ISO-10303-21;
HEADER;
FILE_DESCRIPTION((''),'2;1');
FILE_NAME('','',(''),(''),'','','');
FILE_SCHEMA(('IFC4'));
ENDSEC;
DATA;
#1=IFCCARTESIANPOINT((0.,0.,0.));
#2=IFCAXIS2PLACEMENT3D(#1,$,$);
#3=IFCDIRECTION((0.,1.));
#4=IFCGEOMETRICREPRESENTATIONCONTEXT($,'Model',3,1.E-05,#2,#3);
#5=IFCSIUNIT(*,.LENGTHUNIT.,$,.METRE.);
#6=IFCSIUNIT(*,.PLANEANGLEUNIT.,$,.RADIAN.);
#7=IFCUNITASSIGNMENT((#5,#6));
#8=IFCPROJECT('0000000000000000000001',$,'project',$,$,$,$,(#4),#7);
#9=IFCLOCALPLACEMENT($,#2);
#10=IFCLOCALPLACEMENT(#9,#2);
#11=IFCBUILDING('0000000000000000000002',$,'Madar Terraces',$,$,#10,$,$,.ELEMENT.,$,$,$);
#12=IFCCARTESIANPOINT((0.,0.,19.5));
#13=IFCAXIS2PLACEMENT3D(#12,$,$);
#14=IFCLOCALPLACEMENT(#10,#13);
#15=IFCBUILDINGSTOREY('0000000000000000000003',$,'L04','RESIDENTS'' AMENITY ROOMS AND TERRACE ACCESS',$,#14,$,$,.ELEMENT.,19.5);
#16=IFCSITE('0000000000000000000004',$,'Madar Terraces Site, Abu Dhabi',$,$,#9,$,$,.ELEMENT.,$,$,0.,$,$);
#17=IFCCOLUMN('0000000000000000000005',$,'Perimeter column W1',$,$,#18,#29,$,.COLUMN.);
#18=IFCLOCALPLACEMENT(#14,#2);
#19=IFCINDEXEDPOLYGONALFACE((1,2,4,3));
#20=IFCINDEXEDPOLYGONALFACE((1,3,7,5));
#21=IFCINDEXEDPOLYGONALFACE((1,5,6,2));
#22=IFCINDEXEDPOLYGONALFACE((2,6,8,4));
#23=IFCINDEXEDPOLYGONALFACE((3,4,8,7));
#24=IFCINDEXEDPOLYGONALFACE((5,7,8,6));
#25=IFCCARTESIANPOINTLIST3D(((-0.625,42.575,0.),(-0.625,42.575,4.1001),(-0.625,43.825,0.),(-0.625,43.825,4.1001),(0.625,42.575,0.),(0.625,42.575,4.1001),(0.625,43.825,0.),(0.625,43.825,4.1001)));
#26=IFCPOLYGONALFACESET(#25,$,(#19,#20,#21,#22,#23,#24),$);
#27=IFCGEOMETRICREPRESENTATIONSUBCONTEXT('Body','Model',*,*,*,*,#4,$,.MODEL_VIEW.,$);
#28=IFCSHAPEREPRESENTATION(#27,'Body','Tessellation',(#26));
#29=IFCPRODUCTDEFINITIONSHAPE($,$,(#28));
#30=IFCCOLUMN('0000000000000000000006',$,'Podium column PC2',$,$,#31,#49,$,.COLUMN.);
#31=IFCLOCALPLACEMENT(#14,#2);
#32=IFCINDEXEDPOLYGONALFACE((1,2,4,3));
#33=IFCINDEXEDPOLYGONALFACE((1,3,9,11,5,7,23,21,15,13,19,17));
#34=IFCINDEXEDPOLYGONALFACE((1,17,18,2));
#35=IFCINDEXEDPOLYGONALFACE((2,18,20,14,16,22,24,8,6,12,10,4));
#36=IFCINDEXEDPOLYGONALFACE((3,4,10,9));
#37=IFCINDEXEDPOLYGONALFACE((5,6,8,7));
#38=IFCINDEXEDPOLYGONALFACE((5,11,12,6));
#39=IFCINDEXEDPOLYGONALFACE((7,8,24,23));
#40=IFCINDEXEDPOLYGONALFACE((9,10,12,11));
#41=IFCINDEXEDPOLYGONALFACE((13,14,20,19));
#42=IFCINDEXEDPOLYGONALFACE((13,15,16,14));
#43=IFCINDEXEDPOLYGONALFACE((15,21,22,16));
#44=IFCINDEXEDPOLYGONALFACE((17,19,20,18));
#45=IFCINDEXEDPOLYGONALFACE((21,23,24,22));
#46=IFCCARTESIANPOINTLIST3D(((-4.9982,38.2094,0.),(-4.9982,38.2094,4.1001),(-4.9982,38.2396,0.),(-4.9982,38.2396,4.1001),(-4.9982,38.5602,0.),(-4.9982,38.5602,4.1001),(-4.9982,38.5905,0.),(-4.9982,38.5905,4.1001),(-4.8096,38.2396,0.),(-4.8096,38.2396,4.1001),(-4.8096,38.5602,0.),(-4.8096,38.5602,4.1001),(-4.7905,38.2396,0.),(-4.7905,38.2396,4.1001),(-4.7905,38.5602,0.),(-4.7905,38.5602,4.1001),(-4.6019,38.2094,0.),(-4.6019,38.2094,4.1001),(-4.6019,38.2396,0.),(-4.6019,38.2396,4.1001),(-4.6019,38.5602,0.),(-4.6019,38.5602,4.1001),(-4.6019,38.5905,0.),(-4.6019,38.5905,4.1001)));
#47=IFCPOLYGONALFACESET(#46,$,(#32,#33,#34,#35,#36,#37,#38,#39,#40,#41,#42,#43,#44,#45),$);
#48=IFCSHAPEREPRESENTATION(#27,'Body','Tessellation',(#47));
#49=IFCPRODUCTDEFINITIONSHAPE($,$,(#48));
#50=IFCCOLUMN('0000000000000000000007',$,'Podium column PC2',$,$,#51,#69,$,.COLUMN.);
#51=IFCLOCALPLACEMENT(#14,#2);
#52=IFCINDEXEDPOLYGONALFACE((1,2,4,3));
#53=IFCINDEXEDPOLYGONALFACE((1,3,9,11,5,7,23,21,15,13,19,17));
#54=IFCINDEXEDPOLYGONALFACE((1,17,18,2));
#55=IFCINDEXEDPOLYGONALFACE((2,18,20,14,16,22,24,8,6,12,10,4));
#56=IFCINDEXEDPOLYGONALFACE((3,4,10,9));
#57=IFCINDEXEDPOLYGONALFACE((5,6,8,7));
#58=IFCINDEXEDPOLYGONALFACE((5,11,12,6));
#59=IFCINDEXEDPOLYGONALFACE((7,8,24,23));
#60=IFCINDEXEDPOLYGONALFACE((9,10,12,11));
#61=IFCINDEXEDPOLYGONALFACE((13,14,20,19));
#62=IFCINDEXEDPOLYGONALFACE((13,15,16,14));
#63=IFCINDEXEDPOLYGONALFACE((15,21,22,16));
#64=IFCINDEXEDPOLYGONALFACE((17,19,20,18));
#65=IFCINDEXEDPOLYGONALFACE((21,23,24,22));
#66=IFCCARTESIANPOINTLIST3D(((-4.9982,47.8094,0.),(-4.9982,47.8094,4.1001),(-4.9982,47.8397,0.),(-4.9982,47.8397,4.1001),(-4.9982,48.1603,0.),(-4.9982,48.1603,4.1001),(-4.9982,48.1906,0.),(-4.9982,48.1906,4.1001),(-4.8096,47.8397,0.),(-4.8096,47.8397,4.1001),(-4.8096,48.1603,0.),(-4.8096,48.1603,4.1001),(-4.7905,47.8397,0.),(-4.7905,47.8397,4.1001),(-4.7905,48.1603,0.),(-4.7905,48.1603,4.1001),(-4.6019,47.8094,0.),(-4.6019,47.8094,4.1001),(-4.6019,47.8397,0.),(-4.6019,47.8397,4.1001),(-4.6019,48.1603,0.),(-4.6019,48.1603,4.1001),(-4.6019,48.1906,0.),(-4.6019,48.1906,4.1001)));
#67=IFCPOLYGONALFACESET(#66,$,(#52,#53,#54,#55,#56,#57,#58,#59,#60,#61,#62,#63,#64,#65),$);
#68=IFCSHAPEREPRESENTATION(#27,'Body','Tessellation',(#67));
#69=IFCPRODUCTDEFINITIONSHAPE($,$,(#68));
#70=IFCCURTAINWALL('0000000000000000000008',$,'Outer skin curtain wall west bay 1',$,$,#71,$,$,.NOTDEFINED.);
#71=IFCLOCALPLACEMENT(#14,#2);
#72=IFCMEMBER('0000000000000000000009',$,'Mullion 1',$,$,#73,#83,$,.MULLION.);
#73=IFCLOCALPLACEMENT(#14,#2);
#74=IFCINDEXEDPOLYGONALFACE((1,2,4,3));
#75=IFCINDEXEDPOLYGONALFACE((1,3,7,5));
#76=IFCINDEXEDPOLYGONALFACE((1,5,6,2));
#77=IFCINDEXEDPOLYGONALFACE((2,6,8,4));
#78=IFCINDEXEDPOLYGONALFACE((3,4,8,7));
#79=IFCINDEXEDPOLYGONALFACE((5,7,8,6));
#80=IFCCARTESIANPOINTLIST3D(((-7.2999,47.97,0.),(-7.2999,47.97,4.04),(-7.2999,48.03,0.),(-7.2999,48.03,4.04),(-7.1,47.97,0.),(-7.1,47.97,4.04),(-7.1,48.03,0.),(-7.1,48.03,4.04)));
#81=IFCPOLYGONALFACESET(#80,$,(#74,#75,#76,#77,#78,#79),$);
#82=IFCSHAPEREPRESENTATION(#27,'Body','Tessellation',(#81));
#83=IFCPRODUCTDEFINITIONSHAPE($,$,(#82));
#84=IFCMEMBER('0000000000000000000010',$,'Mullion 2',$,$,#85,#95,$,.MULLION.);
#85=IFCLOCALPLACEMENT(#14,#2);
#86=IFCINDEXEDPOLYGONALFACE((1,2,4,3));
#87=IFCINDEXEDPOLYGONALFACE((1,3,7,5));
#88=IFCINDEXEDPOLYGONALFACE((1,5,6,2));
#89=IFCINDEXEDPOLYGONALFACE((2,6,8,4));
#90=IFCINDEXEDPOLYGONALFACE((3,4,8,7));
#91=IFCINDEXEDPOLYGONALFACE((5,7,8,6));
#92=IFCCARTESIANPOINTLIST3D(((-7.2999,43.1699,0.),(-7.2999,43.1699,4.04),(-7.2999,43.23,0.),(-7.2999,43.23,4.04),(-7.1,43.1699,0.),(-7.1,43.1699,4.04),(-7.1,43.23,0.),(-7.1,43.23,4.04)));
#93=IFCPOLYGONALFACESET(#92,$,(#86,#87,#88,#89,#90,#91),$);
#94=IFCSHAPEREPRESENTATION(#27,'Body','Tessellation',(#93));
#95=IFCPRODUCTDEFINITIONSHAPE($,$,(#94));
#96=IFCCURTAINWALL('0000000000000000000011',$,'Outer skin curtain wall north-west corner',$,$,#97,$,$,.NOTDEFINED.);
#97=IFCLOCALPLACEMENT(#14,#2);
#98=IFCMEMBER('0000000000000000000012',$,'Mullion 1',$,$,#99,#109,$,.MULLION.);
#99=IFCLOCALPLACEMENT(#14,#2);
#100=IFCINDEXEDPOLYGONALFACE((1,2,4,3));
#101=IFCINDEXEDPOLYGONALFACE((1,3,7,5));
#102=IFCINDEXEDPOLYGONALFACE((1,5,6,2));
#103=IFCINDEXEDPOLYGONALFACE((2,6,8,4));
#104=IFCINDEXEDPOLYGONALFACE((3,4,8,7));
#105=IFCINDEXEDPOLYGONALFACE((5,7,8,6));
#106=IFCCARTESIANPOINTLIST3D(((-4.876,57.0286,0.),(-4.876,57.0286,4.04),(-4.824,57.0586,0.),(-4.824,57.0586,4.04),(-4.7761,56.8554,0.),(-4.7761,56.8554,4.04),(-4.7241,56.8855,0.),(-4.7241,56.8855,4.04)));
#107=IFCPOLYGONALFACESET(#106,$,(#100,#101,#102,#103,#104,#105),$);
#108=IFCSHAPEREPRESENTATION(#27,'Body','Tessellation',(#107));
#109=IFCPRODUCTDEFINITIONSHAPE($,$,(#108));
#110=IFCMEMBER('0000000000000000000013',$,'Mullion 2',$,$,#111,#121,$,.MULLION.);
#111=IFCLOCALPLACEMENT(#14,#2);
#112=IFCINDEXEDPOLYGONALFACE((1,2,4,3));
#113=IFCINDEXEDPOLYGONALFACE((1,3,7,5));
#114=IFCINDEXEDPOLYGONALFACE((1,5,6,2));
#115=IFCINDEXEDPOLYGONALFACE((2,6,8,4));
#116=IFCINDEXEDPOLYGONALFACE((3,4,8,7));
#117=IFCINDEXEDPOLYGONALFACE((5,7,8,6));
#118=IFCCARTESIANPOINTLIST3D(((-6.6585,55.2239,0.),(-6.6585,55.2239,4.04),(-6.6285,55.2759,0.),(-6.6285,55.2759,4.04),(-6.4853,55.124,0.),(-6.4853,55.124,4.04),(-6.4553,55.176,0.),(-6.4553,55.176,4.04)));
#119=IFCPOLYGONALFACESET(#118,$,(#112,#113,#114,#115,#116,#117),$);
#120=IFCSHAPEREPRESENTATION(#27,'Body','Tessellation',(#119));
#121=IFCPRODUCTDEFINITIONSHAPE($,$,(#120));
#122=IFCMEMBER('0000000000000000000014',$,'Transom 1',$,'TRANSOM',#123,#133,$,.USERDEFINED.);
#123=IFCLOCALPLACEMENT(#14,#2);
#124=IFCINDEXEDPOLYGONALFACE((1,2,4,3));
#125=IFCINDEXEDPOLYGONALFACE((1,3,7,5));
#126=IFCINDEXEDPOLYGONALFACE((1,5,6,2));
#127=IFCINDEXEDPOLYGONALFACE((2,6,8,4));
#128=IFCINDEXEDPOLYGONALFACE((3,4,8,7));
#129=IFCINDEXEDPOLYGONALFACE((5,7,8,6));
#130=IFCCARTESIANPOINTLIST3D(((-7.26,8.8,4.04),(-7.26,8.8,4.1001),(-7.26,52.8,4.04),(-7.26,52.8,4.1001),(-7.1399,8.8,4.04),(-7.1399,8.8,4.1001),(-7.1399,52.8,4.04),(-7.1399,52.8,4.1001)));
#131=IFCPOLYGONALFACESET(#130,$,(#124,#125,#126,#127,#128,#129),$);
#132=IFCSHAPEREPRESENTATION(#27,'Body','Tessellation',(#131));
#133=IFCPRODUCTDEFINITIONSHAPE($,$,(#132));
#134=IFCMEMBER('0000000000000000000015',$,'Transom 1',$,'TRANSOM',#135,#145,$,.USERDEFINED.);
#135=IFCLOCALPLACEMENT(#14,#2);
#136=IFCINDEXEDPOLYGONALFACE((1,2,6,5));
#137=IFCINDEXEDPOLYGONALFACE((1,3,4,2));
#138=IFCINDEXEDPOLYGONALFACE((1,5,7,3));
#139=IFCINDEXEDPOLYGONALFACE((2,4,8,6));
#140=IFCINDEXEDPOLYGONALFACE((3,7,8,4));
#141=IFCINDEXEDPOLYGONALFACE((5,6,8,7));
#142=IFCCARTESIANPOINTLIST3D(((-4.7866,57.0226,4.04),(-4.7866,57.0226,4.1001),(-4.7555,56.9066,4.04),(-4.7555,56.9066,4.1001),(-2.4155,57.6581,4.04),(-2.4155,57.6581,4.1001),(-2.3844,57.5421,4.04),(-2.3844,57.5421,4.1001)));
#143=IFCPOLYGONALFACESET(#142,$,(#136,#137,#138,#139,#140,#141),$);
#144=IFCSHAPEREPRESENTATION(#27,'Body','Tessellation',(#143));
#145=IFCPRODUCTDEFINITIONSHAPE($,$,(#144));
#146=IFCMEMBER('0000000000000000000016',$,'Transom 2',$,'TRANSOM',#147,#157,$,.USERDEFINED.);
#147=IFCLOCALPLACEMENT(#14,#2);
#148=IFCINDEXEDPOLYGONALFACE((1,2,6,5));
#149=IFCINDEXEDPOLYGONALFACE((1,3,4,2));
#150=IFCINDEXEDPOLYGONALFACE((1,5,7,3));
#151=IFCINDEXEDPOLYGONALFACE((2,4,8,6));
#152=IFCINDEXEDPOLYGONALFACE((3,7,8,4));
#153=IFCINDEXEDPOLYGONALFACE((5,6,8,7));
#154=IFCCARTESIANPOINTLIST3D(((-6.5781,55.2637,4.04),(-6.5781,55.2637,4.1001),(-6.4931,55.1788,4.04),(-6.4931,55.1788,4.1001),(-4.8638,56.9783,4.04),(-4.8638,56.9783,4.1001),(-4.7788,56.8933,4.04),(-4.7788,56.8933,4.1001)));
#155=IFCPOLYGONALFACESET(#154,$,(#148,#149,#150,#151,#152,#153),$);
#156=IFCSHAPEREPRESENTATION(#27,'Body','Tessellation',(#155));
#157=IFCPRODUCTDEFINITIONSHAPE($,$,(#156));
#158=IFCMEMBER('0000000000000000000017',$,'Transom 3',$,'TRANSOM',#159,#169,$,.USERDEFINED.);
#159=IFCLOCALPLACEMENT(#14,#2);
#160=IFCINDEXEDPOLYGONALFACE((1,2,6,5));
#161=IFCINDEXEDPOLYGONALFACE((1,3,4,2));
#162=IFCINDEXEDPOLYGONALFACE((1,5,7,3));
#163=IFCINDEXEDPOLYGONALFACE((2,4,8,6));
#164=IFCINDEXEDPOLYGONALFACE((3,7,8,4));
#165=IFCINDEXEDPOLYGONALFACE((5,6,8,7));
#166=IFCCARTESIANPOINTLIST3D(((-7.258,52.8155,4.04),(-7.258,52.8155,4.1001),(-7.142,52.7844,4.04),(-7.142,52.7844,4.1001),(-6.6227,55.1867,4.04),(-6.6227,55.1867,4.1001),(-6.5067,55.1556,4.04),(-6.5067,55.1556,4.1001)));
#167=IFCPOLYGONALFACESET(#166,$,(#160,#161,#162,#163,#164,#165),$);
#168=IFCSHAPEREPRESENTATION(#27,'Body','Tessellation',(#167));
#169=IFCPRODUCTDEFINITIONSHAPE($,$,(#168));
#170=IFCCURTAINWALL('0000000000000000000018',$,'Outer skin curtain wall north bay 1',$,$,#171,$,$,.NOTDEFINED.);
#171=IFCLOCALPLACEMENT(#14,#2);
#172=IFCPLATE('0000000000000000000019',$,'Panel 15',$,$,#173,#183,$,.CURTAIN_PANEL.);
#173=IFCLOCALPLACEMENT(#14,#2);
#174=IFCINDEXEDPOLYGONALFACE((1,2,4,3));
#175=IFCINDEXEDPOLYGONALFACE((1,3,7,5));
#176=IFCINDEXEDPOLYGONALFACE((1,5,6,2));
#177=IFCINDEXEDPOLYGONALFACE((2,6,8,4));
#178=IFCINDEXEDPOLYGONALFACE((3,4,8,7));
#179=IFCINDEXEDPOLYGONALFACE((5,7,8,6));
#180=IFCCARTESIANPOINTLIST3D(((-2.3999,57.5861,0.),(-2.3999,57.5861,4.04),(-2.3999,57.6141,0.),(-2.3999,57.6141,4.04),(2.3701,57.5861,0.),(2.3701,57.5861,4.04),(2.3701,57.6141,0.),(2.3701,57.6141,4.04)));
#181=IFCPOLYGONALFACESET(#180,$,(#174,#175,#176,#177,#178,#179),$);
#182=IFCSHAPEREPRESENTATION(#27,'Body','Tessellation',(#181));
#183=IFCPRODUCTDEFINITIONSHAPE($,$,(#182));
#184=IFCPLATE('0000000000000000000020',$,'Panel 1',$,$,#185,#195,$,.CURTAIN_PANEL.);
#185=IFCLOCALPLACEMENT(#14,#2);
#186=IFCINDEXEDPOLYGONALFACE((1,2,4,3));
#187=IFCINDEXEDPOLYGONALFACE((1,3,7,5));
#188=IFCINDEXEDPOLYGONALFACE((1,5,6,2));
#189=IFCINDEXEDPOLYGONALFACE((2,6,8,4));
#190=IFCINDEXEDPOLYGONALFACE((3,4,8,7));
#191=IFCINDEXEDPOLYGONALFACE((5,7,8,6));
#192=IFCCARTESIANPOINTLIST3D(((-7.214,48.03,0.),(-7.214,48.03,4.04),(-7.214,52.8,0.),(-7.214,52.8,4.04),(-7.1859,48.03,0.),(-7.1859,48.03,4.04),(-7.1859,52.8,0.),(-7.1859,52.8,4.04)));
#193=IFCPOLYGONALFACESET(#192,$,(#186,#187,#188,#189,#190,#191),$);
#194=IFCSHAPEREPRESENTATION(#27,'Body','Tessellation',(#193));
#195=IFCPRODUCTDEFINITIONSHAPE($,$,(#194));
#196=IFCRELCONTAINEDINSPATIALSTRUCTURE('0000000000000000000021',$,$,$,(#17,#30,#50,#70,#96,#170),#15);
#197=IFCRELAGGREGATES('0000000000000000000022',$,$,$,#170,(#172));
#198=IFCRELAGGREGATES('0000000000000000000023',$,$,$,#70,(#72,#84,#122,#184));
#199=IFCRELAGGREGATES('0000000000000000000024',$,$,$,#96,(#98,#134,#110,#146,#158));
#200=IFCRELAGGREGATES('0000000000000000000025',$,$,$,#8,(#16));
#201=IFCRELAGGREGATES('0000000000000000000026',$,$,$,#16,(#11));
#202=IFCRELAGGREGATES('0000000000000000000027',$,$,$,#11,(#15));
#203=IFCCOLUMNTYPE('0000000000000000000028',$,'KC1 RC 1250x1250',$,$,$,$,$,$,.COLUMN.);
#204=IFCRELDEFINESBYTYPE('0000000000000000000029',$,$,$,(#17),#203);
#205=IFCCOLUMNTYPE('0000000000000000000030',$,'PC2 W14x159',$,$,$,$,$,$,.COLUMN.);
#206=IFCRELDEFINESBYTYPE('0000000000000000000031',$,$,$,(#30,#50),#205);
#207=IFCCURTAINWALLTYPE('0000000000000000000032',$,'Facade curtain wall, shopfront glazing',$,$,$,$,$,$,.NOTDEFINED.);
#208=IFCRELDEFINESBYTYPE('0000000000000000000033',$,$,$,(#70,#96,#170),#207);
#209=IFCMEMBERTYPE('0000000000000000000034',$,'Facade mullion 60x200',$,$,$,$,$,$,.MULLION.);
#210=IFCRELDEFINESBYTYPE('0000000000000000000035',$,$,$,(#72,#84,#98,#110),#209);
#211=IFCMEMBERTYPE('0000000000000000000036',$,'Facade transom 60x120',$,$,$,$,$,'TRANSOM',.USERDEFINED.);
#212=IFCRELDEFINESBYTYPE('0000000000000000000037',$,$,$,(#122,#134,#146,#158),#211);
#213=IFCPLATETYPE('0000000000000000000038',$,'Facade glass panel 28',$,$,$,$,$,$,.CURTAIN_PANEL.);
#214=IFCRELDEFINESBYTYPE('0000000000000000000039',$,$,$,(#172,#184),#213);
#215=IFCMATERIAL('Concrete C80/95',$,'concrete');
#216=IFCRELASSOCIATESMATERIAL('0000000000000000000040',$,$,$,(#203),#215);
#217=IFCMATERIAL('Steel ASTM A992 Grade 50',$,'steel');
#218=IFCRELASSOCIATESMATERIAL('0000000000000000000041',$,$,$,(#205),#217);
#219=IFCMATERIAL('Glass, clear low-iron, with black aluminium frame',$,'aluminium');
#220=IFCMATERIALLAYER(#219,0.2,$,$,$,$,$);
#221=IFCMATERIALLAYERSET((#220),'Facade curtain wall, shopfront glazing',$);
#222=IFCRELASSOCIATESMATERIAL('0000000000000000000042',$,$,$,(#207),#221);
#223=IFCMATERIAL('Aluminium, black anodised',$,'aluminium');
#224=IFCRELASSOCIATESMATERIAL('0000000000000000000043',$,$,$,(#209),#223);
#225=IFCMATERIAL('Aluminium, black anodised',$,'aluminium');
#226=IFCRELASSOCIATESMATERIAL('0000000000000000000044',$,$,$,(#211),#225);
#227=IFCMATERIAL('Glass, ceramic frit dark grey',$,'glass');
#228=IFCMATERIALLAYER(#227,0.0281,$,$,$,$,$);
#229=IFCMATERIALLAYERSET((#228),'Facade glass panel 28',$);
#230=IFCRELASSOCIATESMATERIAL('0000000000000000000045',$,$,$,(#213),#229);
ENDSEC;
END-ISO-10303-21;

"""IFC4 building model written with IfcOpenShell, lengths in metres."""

from ifc_helpers import new_model, si_unit, direction, frame, origin, origin_2d, place, context, subcontext, project, spatial, rectangle, i_section, extrude, material, layer, layer_set, material_profile, profile_set, type_object, element, aggregate, save


model = new_model("IFC4")

# Units and contexts
model_context = context("Model", 3, precision=1e-05, world=origin(), true_north=direction((0.0, 1.0)))
body_context = subcontext(model_context, "Body", "Model", "MODEL_VIEW")
ifc_project = project(units=[si_unit("LENGTHUNIT", "METRE"), si_unit("PLANEANGLEUNIT", "RADIAN")], contexts=[model_context])

# Site, building, storey
site_placement = place(None, origin())
site = spatial("IfcSite", under=ifc_project, at=site_placement, Name="Madar Terraces Site, Abu Dhabi", CompositionType="ELEMENT", RefElevation=0.0)
building_placement = place(site_placement, origin())
building = spatial("IfcBuilding", under=site, at=building_placement, Name="Madar Terraces", CompositionType="ELEMENT")
storey_placement = place(building_placement, frame((0.0, 0.0, 19.5)))
storey = spatial("IfcBuildingStorey", under=building, at=storey_placement, Name="L04", Description="RESIDENTS' AMENITY ROOMS AND TERRACE ACCESS", CompositionType="ELEMENT", Elevation=19.5)

# Columns
ifc_material_1 = material(Name="Concrete C80/95", Category="concrete")
ifc_material_profile_1 = material_profile(ifc_material_1, rectangle(XDim=1.25, YDim=1.25, at=origin_2d()), Name="KC1 RC 1250x1250")
ifc_profile_set_1 = profile_set([ifc_material_profile_1], Name="Concrete C80/95")
column_type_1 = type_object("IfcColumnType", Name="KC1 RC 1250x1250", PredefinedType="COLUMN", material=ifc_profile_set_1)
column_placement = place(storey_placement, frame((0.0, 43.2, 0.0), z_axis=(0.0, 0.0, 1.0), x_axis=(1.0, 0.0, 0.0)))
element("IfcColumn", 1, at=column_placement, inside=storey, type_object=column_type_1, Name="Perimeter column W1", PredefinedType="COLUMN", context=body_context, shape_type="SweptSolid", body=[
    extrude(rectangle(XDim=1.25, YDim=1.25, at=origin_2d()), origin(), (0.0, 0.0, 1.0), 4.1001),
])
ifc_material_2 = material(Name="Steel ASTM A992 Grade 50", Category="steel")
ifc_material_profile_2 = material_profile(ifc_material_2, i_section(OverallWidth=0.3962, OverallDepth=0.3811, WebThickness=0.019, FlangeThickness=0.0303, at=origin_2d()), Name="W14x159")
ifc_profile_set_2 = profile_set([ifc_material_profile_2], Name="Steel ASTM A992 Grade 50")
column_type_2 = type_object("IfcColumnType", Name="PC2 W14x159", PredefinedType="COLUMN", material=ifc_profile_set_2)
for number, where, z_axis, x_axis, name in (
    (2, (-4.8, 38.3999, 0.0), (0.0, 0.0, 1.0), (1.0, 0.0, 0.0), "Podium column PC2"),
    (3, (-4.8, 48.0, 0.0), (0.0, 0.0, 1.0), (1.0, 0.0, 0.0), "Podium column PC2"),
):
    element("IfcColumn", number, at=place(storey_placement, frame(where, z_axis=z_axis, x_axis=x_axis)), inside=storey, type_object=column_type_2, Name=name, PredefinedType="COLUMN", context=body_context, shape_type="SweptSolid", body=[
        extrude(i_section(OverallWidth=0.3962, OverallDepth=0.3811, WebThickness=0.019, FlangeThickness=0.0303, at=origin_2d()), origin(), (0.0, 0.0, 1.0), 4.1001),
    ])

# Curtain walls, members
ifc_material_3 = material(Name="Glass, clear low-iron, with black aluminium frame", Category="aluminium")
ifc_layer_1 = layer(ifc_material_3, 0.2)
ifc_layer_set_1 = layer_set([ifc_layer_1], Name="Facade curtain wall, shopfront glazing")
curtain_wall_type = type_object("IfcCurtainWallType", Name="Facade curtain wall, shopfront glazing", PredefinedType="NOTDEFINED", material=ifc_layer_set_1)
curtain_wall_1_placement = place(storey_placement, origin())
curtain_wall_1 = element("IfcCurtainWall", 4, at=curtain_wall_1_placement, inside=storey, type_object=curtain_wall_type, Name="Outer skin curtain wall west bay 1", PredefinedType="NOTDEFINED")
ifc_material_4 = material(Name="Aluminium, black anodised", Category="aluminium")
ifc_material_profile_3 = material_profile(ifc_material_4, rectangle(XDim=0.2, YDim=0.0601, at=origin_2d()), Name="Facade mullion 60x200")
ifc_profile_set_3 = profile_set([ifc_material_profile_3], Name="Aluminium, black anodised")
member_type_1 = type_object("IfcMemberType", Name="Facade mullion 60x200", PredefinedType="MULLION", material=ifc_profile_set_3)
member_1_placement = place(storey_placement, frame((-7.2, 48.0, 0.0), z_axis=(0.0, 0.0, 1.0), x_axis=(1.0, 0.0, 0.0)))
member_1 = element("IfcMember", 5, at=member_1_placement, type_object=member_type_1, Name="Mullion 1", PredefinedType="MULLION", context=body_context, shape_type="SweptSolid", body=[
    extrude(rectangle(XDim=0.2, YDim=0.0601, at=origin_2d()), origin(), (0.0, 0.0, 1.0), 4.04),
])
member_2_placement = place(storey_placement, frame((-7.2, 43.2, 0.0), z_axis=(0.0, 0.0, 1.0), x_axis=(1.0, 0.0, 0.0)))
member_2 = element("IfcMember", 6, at=member_2_placement, type_object=member_type_1, Name="Mullion 2", PredefinedType="MULLION", context=body_context, shape_type="SweptSolid", body=[
    extrude(rectangle(XDim=0.2, YDim=0.0601, at=origin_2d()), origin(), (0.0, 0.0, 1.0), 4.04),
])
curtain_wall_2_placement = place(storey_placement, origin())
curtain_wall_2 = element("IfcCurtainWall", 7, at=curtain_wall_2_placement, inside=storey, type_object=curtain_wall_type, Name="Outer skin curtain wall north-west corner", PredefinedType="NOTDEFINED")
member_3_placement = place(storey_placement, frame((-4.8, 56.957, 0.0), z_axis=(0.0, 0.0, 1.0), x_axis=(0.5, -0.866025, 0.0)))
member_3 = element("IfcMember", 8, at=member_3_placement, type_object=member_type_1, Name="Mullion 1", PredefinedType="MULLION", context=body_context, shape_type="SweptSolid", body=[
    extrude(rectangle(XDim=0.2, YDim=0.0601, at=origin_2d()), origin(), (0.0, 0.0, 1.0), 4.04),
])
member_4_placement = place(storey_placement, frame((-6.5569, 55.2, 0.0), z_axis=(0.0, 0.0, 1.0), x_axis=(0.866025, -0.5, 0.0)))
member_4 = element("IfcMember", 9, at=member_4_placement, type_object=member_type_1, Name="Mullion 2", PredefinedType="MULLION", context=body_context, shape_type="SweptSolid", body=[
    extrude(rectangle(XDim=0.2, YDim=0.0601, at=origin_2d()), origin(), (0.0, 0.0, 1.0), 4.04),
])

# Members
ifc_material_5 = material(Name="Aluminium, black anodised", Category="aluminium")
ifc_material_profile_4 = material_profile(ifc_material_5, rectangle(XDim=0.1201, YDim=0.0601, at=origin_2d()), Name="Facade transom 60x120")
ifc_profile_set_4 = profile_set([ifc_material_profile_4], Name="Aluminium, black anodised")
member_type_2 = type_object("IfcMemberType", Name="Facade transom 60x120", ElementType="TRANSOM", PredefinedType="USERDEFINED", material=ifc_profile_set_4)
member_5_placement = place(storey_placement, frame((-7.2, 52.8, 4.0701), z_axis=(0.0, -1.0, 0.0), x_axis=(1.0, 0.0, 0.0)))
member_5 = element("IfcMember", 10, at=member_5_placement, type_object=member_type_2, Name="Transom 1", ObjectType="TRANSOM", PredefinedType="USERDEFINED", context=body_context, shape_type="SweptSolid", body=[
    extrude(rectangle(XDim=0.1201, YDim=0.0601, at=origin_2d()), origin(), (0.0, 0.0, 1.0), 44.0),
])
member_6_placement = place(storey_placement, frame((-2.3999, 57.6001, 4.0701), z_axis=(-0.965909, -0.258882, 0.0), x_axis=(0.258882, -0.965909, 0.0)))
member_6 = element("IfcMember", 11, at=member_6_placement, type_object=member_type_2, Name="Transom 1", ObjectType="TRANSOM", PredefinedType="USERDEFINED", context=body_context, shape_type="SweptSolid", body=[
    extrude(rectangle(XDim=0.1201, YDim=0.0601, at=origin_2d()), origin(), (0.0, 0.0, 1.0), 2.4548),
])
member_7_placement = place(storey_placement, frame((-4.8213, 56.9358, 4.0701), z_axis=(-0.707056, -0.707157, 0.0), x_axis=(0.707157, -0.707056, 0.0)))
member_7 = element("IfcMember", 12, at=member_7_placement, type_object=member_type_2, Name="Transom 2", ObjectType="TRANSOM", PredefinedType="USERDEFINED", context=body_context, shape_type="SweptSolid", body=[
    extrude(rectangle(XDim=0.1201, YDim=0.0601, at=origin_2d()), origin(), (0.0, 0.0, 1.0), 2.4246),
])
member_8_placement = place(storey_placement, frame((-6.5647, 55.1711, 4.0701), z_axis=(-0.258789, -0.965934, 0.0), x_axis=(0.965934, -0.258789, 0.0)))
member_8 = element("IfcMember", 13, at=member_8_placement, type_object=member_type_2, Name="Transom 3", ObjectType="TRANSOM", PredefinedType="USERDEFINED", context=body_context, shape_type="SweptSolid", body=[
    extrude(rectangle(XDim=0.1201, YDim=0.0601, at=origin_2d()), origin(), (0.0, 0.0, 1.0), 2.4548),
])

# Curtain wall, plate
curtain_wall_3_placement = place(storey_placement, origin())
curtain_wall_3 = element("IfcCurtainWall", 14, at=curtain_wall_3_placement, inside=storey, type_object=curtain_wall_type, Name="Outer skin curtain wall north bay 1", PredefinedType="NOTDEFINED")
ifc_material_6 = material(Name="Glass, ceramic frit dark grey", Category="glass")
ifc_layer_2 = layer(ifc_material_6, 0.0281)
ifc_layer_set_2 = layer_set([ifc_layer_2], Name="Facade glass panel 28")
plate_type = type_object("IfcPlateType", Name="Facade glass panel 28", PredefinedType="CURTAIN_PANEL", material=ifc_layer_set_2)
plate_1_placement = place(storey_placement, frame((-0.0149, 57.6001, 0.0), z_axis=(0.0, 0.0, 1.0), x_axis=(-1.0, 0.0, 0.0)))
plate_1 = element("IfcPlate", 15, at=plate_1_placement, type_object=plate_type, Name="Panel 15", PredefinedType="CURTAIN_PANEL", context=body_context, shape_type="SweptSolid", body=[
    extrude(rectangle(XDim=4.77, YDim=0.0281, at=origin_2d()), origin(), (0.0, 0.0, 1.0), 4.04),
])
aggregate(curtain_wall_3, [plate_1])

# Plate
plate_2_placement = place(storey_placement, frame((-7.2, 50.415, 0.0), z_axis=(0.0, 0.0, 1.0), x_axis=(0.0, -1.0, 0.0)))
plate_2 = element("IfcPlate", 16, at=plate_2_placement, type_object=plate_type, Name="Panel 1", PredefinedType="CURTAIN_PANEL", context=body_context, shape_type="SweptSolid", body=[
    extrude(rectangle(XDim=4.77, YDim=0.0281, at=origin_2d()), origin(), (0.0, 0.0, 1.0), 4.04),
])
aggregate(curtain_wall_1, [member_1, member_2, member_5, plate_2])
aggregate(curtain_wall_2, [member_3, member_6, member_4, member_7, member_8])

save(model, "model.ifc")
